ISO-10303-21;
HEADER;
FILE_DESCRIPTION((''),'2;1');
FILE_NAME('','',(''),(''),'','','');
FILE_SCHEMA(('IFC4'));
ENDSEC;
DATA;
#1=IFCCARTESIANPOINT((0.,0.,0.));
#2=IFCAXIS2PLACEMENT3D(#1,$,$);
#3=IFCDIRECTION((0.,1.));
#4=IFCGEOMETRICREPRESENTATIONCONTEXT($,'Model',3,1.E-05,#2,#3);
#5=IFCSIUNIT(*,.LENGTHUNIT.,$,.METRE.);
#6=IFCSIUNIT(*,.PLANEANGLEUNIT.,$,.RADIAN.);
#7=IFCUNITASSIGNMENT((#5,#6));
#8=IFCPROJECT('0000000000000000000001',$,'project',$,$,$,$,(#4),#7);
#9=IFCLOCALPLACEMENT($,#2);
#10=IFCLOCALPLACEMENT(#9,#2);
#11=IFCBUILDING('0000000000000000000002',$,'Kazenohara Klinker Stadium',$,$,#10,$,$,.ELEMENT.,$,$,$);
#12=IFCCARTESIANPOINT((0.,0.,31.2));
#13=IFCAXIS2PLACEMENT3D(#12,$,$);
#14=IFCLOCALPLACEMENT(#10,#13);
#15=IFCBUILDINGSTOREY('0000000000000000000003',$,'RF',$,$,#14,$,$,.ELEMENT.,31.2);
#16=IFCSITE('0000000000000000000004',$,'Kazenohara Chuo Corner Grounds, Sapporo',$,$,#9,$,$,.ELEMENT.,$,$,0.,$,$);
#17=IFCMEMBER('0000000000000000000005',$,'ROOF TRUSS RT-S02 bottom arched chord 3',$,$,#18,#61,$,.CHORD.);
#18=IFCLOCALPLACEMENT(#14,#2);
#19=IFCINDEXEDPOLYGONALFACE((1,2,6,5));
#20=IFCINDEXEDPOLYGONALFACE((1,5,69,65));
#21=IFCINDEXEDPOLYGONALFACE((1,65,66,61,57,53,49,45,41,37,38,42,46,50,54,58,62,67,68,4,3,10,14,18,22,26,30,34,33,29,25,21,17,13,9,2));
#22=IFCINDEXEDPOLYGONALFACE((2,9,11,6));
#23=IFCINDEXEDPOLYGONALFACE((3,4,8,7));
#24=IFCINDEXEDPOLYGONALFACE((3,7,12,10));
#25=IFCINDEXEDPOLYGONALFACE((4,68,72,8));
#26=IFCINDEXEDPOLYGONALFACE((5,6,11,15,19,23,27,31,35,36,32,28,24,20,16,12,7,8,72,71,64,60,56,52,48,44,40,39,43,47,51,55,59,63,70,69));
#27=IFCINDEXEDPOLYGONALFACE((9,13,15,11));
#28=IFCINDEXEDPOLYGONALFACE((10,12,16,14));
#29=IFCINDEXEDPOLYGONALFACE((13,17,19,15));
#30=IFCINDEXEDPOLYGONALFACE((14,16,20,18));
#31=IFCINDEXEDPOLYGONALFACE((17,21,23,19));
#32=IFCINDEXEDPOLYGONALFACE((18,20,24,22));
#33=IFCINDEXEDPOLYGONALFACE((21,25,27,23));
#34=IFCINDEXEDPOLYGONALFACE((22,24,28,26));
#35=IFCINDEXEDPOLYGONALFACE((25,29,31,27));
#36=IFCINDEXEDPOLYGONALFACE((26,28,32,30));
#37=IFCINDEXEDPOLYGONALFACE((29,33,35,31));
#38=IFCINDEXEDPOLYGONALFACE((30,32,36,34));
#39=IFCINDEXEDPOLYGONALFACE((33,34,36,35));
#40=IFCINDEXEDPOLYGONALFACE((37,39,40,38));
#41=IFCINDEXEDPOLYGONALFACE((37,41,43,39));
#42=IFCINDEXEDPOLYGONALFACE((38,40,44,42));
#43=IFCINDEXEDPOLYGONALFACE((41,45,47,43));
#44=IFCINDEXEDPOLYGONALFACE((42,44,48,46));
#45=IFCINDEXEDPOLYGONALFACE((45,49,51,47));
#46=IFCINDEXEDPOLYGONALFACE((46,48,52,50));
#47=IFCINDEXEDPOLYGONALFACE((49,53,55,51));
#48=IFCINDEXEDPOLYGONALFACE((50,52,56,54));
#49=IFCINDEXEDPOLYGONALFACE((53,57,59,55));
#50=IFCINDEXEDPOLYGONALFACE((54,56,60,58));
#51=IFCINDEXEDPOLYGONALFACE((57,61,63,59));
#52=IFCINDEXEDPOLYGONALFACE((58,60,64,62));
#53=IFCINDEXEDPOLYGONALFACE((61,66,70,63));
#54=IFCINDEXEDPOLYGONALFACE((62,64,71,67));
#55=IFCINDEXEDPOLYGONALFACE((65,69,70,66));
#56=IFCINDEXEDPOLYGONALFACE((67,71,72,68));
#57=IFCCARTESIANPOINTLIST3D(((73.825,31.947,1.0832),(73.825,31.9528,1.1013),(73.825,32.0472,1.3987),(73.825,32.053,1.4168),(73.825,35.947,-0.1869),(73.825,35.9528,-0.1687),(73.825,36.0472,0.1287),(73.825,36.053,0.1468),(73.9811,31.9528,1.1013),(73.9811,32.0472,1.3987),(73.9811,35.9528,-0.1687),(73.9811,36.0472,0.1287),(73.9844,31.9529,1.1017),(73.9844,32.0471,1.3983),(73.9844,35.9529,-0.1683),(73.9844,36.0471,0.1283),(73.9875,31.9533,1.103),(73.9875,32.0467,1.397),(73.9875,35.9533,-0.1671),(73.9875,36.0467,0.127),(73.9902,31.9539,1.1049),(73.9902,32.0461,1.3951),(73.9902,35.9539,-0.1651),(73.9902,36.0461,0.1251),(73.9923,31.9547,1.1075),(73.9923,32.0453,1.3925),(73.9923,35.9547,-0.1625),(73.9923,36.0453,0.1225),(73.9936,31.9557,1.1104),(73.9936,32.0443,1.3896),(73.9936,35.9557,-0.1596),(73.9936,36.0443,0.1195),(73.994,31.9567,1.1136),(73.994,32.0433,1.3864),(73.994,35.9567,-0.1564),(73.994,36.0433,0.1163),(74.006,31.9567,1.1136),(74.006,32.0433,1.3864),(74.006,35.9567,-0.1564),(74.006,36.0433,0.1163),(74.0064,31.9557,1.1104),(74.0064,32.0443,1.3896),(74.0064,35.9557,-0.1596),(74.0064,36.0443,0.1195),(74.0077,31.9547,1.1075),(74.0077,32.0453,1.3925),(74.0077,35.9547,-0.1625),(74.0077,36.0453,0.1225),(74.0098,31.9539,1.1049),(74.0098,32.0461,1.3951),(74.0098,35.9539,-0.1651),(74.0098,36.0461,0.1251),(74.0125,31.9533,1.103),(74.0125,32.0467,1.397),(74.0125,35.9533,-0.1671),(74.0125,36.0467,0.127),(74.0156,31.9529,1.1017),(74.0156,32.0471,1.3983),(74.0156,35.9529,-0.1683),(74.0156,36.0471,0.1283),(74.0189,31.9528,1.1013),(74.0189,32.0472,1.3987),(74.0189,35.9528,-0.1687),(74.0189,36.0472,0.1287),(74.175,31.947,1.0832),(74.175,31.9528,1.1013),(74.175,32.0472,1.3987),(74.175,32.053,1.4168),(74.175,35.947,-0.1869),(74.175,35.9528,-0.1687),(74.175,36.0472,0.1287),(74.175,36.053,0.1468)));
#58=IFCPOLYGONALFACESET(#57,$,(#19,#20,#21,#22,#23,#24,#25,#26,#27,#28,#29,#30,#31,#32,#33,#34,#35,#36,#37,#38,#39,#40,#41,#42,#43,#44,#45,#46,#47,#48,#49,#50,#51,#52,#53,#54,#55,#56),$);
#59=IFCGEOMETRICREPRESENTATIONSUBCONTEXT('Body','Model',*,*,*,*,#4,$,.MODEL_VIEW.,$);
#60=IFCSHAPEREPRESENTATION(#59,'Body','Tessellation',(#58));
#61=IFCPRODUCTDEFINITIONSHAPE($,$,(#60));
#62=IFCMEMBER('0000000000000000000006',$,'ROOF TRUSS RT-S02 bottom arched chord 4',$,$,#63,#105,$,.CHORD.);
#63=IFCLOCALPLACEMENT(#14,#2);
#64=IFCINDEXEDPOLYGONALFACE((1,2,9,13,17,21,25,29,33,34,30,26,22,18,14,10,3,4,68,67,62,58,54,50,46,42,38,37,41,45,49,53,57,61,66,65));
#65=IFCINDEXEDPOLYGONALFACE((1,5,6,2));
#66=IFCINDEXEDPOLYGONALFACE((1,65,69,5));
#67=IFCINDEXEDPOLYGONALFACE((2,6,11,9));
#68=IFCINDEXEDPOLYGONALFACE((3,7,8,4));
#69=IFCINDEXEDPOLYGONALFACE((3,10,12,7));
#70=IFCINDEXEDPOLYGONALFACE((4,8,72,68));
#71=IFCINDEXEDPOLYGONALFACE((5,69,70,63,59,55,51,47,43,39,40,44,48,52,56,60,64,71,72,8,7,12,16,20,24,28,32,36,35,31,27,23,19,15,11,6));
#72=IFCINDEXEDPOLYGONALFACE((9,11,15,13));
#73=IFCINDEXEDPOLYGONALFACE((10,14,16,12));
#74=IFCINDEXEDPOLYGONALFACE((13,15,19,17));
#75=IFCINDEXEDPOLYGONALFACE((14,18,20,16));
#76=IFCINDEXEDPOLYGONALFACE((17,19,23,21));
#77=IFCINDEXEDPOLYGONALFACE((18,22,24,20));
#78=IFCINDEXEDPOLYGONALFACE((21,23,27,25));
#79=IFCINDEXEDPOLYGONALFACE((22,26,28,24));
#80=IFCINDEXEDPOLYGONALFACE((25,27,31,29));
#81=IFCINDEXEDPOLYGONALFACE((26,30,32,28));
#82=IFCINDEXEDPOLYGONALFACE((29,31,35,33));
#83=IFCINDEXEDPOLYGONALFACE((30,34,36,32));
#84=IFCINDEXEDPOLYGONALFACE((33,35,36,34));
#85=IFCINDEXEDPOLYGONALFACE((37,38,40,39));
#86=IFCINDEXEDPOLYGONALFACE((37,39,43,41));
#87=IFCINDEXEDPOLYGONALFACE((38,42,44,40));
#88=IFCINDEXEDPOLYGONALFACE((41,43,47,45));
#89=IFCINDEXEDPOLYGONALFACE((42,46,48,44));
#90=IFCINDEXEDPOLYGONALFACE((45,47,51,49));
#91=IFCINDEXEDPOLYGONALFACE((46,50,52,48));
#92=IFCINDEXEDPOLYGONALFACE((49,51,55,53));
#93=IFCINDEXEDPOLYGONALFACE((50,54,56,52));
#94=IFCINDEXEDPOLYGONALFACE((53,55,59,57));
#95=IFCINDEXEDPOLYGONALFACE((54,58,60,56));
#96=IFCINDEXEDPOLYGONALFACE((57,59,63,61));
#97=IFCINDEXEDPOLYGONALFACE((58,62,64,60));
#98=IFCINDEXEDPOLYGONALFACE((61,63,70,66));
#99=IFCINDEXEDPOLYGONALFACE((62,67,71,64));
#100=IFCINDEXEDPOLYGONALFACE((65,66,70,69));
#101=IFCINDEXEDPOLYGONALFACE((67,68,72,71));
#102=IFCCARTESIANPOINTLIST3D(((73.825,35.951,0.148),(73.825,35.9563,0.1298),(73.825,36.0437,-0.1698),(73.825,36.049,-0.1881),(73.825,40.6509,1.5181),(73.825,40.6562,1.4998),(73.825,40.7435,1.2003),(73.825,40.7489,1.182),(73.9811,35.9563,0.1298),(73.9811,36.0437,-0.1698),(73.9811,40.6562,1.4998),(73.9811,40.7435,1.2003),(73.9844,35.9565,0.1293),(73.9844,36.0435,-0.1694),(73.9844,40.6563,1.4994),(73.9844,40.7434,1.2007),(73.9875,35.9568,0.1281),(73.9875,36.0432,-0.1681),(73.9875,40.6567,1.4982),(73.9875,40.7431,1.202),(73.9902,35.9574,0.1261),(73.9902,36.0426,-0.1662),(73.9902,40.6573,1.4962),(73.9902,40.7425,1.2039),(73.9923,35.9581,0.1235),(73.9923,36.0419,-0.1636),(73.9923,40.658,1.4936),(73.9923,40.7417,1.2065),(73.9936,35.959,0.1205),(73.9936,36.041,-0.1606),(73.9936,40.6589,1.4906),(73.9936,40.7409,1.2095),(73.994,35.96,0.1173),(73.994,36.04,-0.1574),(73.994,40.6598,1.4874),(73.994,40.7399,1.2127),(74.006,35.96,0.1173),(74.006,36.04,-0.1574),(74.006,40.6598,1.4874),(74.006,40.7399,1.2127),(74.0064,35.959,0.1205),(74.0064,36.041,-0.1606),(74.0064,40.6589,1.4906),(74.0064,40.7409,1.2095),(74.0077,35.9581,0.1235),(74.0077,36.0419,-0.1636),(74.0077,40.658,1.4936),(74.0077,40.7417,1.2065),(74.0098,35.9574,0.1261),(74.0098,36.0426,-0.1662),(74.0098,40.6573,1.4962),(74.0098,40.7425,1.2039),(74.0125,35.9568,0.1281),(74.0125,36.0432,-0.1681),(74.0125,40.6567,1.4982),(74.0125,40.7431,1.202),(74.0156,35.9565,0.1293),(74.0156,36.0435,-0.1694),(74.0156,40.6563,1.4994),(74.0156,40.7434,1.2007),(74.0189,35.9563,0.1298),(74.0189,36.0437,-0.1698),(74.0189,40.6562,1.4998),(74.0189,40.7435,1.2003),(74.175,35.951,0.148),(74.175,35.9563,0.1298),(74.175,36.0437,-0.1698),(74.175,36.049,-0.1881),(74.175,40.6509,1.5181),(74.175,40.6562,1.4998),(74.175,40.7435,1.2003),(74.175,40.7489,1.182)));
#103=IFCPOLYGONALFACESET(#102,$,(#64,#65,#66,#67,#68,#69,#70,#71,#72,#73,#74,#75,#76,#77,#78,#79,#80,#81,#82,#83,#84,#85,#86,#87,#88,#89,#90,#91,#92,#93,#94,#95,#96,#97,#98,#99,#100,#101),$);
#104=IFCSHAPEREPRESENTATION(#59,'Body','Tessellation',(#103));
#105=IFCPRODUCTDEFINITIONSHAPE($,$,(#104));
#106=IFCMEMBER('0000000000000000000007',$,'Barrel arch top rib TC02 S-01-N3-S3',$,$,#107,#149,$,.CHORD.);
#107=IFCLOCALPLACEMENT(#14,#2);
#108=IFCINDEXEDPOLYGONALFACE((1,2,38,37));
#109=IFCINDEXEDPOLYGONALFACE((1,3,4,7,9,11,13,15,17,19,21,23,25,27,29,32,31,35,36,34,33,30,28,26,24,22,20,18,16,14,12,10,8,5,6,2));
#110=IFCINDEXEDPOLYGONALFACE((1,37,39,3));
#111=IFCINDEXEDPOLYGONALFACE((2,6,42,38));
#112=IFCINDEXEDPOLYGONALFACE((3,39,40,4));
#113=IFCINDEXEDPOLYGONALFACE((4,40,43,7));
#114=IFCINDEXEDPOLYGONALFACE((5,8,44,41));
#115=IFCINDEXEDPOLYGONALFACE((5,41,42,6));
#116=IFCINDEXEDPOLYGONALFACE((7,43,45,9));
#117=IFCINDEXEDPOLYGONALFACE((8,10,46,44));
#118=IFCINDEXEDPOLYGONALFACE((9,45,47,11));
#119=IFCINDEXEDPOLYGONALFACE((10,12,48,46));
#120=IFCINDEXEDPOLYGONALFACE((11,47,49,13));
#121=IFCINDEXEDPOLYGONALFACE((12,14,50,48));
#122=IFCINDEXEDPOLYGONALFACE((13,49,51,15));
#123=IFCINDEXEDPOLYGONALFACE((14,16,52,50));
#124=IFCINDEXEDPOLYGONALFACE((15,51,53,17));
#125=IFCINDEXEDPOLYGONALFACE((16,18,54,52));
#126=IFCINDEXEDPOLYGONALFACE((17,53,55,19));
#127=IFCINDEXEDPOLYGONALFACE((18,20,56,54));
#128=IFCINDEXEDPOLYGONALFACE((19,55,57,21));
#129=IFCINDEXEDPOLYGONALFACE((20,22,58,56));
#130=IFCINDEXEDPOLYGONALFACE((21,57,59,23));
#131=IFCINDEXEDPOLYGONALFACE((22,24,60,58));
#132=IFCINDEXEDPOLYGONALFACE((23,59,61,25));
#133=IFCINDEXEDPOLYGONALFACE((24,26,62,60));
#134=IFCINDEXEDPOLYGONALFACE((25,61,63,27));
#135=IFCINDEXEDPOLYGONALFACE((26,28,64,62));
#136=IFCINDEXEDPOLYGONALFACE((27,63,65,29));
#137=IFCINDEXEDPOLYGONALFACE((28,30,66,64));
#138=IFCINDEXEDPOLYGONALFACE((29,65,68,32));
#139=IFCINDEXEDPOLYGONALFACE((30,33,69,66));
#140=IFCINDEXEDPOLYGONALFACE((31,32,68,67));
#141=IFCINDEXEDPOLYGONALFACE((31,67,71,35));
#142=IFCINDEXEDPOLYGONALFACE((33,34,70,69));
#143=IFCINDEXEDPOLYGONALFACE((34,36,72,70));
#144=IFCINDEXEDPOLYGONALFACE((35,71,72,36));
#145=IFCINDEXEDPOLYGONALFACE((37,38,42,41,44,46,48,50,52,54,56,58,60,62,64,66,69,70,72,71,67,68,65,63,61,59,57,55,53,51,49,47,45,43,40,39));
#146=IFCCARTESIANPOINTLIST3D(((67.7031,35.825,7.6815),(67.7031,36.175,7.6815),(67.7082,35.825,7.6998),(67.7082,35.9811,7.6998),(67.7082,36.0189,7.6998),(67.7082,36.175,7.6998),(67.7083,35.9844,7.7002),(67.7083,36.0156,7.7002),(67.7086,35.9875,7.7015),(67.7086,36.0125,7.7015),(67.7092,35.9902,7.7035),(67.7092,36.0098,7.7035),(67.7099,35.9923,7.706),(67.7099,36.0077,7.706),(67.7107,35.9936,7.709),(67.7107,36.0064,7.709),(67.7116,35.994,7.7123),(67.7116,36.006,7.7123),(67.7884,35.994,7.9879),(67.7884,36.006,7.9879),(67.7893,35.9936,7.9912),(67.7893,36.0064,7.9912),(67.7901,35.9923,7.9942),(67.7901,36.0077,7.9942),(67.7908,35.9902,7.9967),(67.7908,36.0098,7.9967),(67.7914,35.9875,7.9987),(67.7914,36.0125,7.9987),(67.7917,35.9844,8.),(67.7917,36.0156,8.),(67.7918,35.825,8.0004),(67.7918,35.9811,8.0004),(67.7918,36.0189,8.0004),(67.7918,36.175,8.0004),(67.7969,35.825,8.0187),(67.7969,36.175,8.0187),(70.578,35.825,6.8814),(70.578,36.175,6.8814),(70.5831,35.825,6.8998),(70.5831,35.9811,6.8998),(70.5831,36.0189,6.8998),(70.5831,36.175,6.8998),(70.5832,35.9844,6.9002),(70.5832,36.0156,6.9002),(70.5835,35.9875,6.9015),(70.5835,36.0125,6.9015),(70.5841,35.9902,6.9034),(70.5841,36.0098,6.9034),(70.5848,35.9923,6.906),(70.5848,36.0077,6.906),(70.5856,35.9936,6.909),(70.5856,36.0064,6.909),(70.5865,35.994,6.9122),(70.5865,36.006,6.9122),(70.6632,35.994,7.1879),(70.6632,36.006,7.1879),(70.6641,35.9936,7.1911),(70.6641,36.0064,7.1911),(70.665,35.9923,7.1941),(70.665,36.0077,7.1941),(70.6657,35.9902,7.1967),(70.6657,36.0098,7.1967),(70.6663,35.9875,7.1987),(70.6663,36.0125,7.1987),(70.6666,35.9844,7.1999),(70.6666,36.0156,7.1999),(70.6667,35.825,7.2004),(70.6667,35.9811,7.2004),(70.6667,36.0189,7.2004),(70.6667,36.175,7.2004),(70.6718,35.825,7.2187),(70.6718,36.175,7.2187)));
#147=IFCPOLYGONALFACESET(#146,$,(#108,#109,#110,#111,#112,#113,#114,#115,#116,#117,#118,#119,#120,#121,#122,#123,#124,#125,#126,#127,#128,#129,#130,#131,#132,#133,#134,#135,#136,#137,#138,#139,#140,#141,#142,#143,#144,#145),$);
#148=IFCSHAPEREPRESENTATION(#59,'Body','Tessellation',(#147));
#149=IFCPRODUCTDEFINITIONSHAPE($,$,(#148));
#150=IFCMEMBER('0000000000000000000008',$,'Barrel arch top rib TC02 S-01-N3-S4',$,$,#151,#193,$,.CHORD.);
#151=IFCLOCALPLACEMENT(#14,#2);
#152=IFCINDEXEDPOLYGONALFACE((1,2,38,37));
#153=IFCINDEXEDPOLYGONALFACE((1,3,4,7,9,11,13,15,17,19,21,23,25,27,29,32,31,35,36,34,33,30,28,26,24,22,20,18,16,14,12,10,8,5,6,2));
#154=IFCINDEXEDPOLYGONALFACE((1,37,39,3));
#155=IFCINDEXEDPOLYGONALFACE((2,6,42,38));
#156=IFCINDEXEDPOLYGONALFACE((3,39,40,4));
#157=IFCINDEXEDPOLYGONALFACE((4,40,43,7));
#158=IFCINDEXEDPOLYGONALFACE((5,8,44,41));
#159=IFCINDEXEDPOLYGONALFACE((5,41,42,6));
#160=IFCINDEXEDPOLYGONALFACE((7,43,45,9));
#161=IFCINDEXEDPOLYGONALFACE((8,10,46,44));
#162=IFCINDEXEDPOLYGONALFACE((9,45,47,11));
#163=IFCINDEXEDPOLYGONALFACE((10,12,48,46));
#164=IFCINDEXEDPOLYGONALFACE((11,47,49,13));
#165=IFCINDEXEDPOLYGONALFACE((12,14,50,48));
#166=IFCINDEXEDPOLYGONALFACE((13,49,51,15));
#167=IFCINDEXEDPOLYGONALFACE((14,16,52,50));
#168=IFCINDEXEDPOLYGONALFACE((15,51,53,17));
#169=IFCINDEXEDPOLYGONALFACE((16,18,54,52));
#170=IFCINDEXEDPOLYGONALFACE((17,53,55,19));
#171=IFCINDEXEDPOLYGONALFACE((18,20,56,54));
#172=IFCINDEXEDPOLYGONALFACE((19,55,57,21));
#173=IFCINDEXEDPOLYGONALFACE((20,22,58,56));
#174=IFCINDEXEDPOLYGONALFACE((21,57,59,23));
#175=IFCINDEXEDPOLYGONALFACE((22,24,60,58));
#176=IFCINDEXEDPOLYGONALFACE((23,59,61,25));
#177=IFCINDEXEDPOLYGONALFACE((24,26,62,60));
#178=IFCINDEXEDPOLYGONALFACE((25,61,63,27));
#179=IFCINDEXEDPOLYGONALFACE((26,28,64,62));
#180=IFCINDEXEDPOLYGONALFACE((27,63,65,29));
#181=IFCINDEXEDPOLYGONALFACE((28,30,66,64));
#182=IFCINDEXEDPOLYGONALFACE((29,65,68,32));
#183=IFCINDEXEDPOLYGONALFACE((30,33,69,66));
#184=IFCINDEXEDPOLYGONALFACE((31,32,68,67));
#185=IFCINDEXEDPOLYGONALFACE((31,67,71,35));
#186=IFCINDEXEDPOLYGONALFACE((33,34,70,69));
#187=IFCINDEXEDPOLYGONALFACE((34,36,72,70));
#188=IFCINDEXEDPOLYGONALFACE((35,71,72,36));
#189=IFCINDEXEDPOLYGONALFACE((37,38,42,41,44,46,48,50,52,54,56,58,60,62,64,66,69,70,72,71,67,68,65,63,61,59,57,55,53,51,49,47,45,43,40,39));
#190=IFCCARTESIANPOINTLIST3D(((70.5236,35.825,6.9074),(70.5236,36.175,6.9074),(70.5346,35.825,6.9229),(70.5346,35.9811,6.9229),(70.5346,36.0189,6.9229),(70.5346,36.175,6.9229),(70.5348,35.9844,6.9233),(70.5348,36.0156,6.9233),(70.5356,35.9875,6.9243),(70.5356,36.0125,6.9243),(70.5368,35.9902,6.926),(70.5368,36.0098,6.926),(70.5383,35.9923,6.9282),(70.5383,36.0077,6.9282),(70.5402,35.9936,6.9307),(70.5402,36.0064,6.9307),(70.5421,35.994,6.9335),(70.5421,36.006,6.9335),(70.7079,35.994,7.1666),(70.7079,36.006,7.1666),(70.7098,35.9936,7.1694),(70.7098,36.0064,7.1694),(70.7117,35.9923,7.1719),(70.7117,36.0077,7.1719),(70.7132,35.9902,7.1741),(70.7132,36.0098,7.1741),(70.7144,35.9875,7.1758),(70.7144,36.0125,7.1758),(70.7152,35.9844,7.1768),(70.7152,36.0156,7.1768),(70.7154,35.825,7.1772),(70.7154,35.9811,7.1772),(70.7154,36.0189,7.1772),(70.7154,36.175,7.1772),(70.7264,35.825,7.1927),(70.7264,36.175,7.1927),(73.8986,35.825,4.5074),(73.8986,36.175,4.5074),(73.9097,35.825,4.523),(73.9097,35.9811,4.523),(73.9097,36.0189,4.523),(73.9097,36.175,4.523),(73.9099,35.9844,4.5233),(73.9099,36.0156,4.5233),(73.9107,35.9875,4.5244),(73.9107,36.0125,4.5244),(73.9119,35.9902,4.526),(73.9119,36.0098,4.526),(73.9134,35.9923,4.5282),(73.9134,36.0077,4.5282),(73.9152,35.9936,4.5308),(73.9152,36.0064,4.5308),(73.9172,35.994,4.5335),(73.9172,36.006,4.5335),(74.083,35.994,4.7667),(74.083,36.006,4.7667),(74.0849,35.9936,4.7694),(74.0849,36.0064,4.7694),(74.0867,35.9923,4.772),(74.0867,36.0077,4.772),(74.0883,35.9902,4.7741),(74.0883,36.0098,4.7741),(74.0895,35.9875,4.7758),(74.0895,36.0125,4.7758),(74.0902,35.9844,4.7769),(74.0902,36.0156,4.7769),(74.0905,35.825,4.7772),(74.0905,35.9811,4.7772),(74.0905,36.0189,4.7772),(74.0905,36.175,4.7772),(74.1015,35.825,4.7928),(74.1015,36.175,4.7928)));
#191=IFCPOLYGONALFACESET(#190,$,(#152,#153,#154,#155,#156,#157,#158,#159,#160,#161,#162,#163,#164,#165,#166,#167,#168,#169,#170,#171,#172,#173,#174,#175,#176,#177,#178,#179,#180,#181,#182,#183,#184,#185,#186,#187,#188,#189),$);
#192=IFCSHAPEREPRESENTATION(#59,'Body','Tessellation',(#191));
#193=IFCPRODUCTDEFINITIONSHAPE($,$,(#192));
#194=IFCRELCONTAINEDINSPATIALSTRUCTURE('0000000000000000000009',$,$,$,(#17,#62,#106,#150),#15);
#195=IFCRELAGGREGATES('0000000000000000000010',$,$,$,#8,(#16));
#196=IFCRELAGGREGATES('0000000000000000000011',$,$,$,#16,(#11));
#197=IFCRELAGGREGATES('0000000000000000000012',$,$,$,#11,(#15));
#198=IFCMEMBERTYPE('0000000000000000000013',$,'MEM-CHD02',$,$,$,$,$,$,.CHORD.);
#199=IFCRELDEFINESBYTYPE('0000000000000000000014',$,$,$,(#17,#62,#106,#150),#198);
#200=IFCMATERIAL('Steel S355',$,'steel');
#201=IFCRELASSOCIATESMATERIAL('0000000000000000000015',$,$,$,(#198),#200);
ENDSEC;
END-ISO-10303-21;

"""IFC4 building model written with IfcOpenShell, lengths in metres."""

from ifc_helpers import new_model, si_unit, direction, frame, origin, origin_2d, place, context, subcontext, project, spatial, i_section, extrude, material, material_profile, profile_set, type_object, element, save


model = new_model("IFC4")

# Units and contexts
model_context = context("Model", 3, precision=1e-05, world=origin(), true_north=direction((0.0, 1.0)))
body_context = subcontext(model_context, "Body", "Model", "MODEL_VIEW")
ifc_project = project(units=[si_unit("LENGTHUNIT", "METRE"), si_unit("PLANEANGLEUNIT", "RADIAN")], contexts=[model_context])

# Site, building, storey
site_placement = place(None, origin())
site = spatial("IfcSite", under=ifc_project, at=site_placement, Name="Kazenohara Chuo Corner Grounds, Sapporo", CompositionType="ELEMENT", RefElevation=0.0)
building_placement = place(site_placement, origin())
building = spatial("IfcBuilding", under=site, at=building_placement, Name="Kazenohara Klinker Stadium", CompositionType="ELEMENT")
storey_placement = place(building_placement, frame((0.0, 0.0, 31.2)))
storey = spatial("IfcBuildingStorey", under=building, at=storey_placement, Name="RF", CompositionType="ELEMENT", Elevation=31.2)

# Members
ifc_material_1 = material(Name="Steel S355", Category="steel")
ifc_material_profile_1 = material_profile(ifc_material_1, i_section(OverallWidth=0.3501, OverallDepth=0.3501, WebThickness=0.012, FlangeThickness=0.019, FilletRadius=0.0129, at=origin_2d()), Name="H-350x350x12x19")
ifc_profile_set_1 = profile_set([ifc_material_profile_1], Name="Steel S355")
member_type_1 = type_object("IfcMemberType", Name="MEM-CHD02", PredefinedType="CHORD", material=ifc_profile_set_1)
member_1_placement = place(storey_placement, frame((74.0, 32.0, 1.25), z_axis=(0.0, 0.953112, -0.302618), x_axis=(-1.0, 0.0, 0.0)))
element("IfcMember", 1, at=member_1_placement, inside=storey, type_object=member_type_1, Name="ROOF TRUSS RT-S02 bottom arched chord 3", PredefinedType="CHORD", context=body_context, shape_type="SweptSolid", body=[
    extrude(i_section(OverallWidth=0.3501, OverallDepth=0.3501, WebThickness=0.012, FlangeThickness=0.019, FilletRadius=0.0129, at=origin_2d()), origin(), (0.0, 0.0, 1.0), 4.1968),
])
member_2_placement = place(storey_placement, frame((74.0, 36.0, -0.02), z_axis=(0.0, 0.960039, 0.279868), x_axis=(-1.0, 0.0, 0.0)))
element("IfcMember", 2, at=member_2_placement, inside=storey, type_object=member_type_1, Name="ROOF TRUSS RT-S02 bottom arched chord 4", PredefinedType="CHORD", context=body_context, shape_type="SweptSolid", body=[
    extrude(i_section(OverallWidth=0.3501, OverallDepth=0.3501, WebThickness=0.012, FlangeThickness=0.019, FilletRadius=0.0129, at=origin_2d()), origin(), (0.0, 0.0, 1.0), 4.8955),
])
member_3_placement = place(storey_placement, frame((67.75, 36.0, 7.8501), z_axis=(0.963394, 0.0, -0.268091), x_axis=(0.0, 1.0, 0.0)))
element("IfcMember", 3, at=member_3_placement, inside=storey, type_object=member_type_1, Name="Barrel arch top rib TC02 S-01-N3-S3", PredefinedType="CHORD", context=body_context, shape_type="SweptSolid", body=[
    extrude(i_section(OverallWidth=0.3501, OverallDepth=0.3501, WebThickness=0.012, FlangeThickness=0.019, FilletRadius=0.0129, at=origin_2d()), origin(), (0.0, 0.0, 1.0), 2.9841),
])
member_4_placement = place(storey_placement, frame((70.625, 36.0, 7.05), z_axis=(0.814966, 0.0, -0.579508), x_axis=(0.0, 1.0, 0.0)))
element("IfcMember", 4, at=member_4_placement, inside=storey, type_object=member_type_1, Name="Barrel arch top rib TC02 S-01-N3-S4", PredefinedType="CHORD", context=body_context, shape_type="SweptSolid", body=[
    extrude(i_section(OverallWidth=0.3501, OverallDepth=0.3501, WebThickness=0.012, FlangeThickness=0.019, FilletRadius=0.0129, at=origin_2d()), origin(), (0.0, 0.0, 1.0), 4.1414),
])

save(model, "model.ifc")
